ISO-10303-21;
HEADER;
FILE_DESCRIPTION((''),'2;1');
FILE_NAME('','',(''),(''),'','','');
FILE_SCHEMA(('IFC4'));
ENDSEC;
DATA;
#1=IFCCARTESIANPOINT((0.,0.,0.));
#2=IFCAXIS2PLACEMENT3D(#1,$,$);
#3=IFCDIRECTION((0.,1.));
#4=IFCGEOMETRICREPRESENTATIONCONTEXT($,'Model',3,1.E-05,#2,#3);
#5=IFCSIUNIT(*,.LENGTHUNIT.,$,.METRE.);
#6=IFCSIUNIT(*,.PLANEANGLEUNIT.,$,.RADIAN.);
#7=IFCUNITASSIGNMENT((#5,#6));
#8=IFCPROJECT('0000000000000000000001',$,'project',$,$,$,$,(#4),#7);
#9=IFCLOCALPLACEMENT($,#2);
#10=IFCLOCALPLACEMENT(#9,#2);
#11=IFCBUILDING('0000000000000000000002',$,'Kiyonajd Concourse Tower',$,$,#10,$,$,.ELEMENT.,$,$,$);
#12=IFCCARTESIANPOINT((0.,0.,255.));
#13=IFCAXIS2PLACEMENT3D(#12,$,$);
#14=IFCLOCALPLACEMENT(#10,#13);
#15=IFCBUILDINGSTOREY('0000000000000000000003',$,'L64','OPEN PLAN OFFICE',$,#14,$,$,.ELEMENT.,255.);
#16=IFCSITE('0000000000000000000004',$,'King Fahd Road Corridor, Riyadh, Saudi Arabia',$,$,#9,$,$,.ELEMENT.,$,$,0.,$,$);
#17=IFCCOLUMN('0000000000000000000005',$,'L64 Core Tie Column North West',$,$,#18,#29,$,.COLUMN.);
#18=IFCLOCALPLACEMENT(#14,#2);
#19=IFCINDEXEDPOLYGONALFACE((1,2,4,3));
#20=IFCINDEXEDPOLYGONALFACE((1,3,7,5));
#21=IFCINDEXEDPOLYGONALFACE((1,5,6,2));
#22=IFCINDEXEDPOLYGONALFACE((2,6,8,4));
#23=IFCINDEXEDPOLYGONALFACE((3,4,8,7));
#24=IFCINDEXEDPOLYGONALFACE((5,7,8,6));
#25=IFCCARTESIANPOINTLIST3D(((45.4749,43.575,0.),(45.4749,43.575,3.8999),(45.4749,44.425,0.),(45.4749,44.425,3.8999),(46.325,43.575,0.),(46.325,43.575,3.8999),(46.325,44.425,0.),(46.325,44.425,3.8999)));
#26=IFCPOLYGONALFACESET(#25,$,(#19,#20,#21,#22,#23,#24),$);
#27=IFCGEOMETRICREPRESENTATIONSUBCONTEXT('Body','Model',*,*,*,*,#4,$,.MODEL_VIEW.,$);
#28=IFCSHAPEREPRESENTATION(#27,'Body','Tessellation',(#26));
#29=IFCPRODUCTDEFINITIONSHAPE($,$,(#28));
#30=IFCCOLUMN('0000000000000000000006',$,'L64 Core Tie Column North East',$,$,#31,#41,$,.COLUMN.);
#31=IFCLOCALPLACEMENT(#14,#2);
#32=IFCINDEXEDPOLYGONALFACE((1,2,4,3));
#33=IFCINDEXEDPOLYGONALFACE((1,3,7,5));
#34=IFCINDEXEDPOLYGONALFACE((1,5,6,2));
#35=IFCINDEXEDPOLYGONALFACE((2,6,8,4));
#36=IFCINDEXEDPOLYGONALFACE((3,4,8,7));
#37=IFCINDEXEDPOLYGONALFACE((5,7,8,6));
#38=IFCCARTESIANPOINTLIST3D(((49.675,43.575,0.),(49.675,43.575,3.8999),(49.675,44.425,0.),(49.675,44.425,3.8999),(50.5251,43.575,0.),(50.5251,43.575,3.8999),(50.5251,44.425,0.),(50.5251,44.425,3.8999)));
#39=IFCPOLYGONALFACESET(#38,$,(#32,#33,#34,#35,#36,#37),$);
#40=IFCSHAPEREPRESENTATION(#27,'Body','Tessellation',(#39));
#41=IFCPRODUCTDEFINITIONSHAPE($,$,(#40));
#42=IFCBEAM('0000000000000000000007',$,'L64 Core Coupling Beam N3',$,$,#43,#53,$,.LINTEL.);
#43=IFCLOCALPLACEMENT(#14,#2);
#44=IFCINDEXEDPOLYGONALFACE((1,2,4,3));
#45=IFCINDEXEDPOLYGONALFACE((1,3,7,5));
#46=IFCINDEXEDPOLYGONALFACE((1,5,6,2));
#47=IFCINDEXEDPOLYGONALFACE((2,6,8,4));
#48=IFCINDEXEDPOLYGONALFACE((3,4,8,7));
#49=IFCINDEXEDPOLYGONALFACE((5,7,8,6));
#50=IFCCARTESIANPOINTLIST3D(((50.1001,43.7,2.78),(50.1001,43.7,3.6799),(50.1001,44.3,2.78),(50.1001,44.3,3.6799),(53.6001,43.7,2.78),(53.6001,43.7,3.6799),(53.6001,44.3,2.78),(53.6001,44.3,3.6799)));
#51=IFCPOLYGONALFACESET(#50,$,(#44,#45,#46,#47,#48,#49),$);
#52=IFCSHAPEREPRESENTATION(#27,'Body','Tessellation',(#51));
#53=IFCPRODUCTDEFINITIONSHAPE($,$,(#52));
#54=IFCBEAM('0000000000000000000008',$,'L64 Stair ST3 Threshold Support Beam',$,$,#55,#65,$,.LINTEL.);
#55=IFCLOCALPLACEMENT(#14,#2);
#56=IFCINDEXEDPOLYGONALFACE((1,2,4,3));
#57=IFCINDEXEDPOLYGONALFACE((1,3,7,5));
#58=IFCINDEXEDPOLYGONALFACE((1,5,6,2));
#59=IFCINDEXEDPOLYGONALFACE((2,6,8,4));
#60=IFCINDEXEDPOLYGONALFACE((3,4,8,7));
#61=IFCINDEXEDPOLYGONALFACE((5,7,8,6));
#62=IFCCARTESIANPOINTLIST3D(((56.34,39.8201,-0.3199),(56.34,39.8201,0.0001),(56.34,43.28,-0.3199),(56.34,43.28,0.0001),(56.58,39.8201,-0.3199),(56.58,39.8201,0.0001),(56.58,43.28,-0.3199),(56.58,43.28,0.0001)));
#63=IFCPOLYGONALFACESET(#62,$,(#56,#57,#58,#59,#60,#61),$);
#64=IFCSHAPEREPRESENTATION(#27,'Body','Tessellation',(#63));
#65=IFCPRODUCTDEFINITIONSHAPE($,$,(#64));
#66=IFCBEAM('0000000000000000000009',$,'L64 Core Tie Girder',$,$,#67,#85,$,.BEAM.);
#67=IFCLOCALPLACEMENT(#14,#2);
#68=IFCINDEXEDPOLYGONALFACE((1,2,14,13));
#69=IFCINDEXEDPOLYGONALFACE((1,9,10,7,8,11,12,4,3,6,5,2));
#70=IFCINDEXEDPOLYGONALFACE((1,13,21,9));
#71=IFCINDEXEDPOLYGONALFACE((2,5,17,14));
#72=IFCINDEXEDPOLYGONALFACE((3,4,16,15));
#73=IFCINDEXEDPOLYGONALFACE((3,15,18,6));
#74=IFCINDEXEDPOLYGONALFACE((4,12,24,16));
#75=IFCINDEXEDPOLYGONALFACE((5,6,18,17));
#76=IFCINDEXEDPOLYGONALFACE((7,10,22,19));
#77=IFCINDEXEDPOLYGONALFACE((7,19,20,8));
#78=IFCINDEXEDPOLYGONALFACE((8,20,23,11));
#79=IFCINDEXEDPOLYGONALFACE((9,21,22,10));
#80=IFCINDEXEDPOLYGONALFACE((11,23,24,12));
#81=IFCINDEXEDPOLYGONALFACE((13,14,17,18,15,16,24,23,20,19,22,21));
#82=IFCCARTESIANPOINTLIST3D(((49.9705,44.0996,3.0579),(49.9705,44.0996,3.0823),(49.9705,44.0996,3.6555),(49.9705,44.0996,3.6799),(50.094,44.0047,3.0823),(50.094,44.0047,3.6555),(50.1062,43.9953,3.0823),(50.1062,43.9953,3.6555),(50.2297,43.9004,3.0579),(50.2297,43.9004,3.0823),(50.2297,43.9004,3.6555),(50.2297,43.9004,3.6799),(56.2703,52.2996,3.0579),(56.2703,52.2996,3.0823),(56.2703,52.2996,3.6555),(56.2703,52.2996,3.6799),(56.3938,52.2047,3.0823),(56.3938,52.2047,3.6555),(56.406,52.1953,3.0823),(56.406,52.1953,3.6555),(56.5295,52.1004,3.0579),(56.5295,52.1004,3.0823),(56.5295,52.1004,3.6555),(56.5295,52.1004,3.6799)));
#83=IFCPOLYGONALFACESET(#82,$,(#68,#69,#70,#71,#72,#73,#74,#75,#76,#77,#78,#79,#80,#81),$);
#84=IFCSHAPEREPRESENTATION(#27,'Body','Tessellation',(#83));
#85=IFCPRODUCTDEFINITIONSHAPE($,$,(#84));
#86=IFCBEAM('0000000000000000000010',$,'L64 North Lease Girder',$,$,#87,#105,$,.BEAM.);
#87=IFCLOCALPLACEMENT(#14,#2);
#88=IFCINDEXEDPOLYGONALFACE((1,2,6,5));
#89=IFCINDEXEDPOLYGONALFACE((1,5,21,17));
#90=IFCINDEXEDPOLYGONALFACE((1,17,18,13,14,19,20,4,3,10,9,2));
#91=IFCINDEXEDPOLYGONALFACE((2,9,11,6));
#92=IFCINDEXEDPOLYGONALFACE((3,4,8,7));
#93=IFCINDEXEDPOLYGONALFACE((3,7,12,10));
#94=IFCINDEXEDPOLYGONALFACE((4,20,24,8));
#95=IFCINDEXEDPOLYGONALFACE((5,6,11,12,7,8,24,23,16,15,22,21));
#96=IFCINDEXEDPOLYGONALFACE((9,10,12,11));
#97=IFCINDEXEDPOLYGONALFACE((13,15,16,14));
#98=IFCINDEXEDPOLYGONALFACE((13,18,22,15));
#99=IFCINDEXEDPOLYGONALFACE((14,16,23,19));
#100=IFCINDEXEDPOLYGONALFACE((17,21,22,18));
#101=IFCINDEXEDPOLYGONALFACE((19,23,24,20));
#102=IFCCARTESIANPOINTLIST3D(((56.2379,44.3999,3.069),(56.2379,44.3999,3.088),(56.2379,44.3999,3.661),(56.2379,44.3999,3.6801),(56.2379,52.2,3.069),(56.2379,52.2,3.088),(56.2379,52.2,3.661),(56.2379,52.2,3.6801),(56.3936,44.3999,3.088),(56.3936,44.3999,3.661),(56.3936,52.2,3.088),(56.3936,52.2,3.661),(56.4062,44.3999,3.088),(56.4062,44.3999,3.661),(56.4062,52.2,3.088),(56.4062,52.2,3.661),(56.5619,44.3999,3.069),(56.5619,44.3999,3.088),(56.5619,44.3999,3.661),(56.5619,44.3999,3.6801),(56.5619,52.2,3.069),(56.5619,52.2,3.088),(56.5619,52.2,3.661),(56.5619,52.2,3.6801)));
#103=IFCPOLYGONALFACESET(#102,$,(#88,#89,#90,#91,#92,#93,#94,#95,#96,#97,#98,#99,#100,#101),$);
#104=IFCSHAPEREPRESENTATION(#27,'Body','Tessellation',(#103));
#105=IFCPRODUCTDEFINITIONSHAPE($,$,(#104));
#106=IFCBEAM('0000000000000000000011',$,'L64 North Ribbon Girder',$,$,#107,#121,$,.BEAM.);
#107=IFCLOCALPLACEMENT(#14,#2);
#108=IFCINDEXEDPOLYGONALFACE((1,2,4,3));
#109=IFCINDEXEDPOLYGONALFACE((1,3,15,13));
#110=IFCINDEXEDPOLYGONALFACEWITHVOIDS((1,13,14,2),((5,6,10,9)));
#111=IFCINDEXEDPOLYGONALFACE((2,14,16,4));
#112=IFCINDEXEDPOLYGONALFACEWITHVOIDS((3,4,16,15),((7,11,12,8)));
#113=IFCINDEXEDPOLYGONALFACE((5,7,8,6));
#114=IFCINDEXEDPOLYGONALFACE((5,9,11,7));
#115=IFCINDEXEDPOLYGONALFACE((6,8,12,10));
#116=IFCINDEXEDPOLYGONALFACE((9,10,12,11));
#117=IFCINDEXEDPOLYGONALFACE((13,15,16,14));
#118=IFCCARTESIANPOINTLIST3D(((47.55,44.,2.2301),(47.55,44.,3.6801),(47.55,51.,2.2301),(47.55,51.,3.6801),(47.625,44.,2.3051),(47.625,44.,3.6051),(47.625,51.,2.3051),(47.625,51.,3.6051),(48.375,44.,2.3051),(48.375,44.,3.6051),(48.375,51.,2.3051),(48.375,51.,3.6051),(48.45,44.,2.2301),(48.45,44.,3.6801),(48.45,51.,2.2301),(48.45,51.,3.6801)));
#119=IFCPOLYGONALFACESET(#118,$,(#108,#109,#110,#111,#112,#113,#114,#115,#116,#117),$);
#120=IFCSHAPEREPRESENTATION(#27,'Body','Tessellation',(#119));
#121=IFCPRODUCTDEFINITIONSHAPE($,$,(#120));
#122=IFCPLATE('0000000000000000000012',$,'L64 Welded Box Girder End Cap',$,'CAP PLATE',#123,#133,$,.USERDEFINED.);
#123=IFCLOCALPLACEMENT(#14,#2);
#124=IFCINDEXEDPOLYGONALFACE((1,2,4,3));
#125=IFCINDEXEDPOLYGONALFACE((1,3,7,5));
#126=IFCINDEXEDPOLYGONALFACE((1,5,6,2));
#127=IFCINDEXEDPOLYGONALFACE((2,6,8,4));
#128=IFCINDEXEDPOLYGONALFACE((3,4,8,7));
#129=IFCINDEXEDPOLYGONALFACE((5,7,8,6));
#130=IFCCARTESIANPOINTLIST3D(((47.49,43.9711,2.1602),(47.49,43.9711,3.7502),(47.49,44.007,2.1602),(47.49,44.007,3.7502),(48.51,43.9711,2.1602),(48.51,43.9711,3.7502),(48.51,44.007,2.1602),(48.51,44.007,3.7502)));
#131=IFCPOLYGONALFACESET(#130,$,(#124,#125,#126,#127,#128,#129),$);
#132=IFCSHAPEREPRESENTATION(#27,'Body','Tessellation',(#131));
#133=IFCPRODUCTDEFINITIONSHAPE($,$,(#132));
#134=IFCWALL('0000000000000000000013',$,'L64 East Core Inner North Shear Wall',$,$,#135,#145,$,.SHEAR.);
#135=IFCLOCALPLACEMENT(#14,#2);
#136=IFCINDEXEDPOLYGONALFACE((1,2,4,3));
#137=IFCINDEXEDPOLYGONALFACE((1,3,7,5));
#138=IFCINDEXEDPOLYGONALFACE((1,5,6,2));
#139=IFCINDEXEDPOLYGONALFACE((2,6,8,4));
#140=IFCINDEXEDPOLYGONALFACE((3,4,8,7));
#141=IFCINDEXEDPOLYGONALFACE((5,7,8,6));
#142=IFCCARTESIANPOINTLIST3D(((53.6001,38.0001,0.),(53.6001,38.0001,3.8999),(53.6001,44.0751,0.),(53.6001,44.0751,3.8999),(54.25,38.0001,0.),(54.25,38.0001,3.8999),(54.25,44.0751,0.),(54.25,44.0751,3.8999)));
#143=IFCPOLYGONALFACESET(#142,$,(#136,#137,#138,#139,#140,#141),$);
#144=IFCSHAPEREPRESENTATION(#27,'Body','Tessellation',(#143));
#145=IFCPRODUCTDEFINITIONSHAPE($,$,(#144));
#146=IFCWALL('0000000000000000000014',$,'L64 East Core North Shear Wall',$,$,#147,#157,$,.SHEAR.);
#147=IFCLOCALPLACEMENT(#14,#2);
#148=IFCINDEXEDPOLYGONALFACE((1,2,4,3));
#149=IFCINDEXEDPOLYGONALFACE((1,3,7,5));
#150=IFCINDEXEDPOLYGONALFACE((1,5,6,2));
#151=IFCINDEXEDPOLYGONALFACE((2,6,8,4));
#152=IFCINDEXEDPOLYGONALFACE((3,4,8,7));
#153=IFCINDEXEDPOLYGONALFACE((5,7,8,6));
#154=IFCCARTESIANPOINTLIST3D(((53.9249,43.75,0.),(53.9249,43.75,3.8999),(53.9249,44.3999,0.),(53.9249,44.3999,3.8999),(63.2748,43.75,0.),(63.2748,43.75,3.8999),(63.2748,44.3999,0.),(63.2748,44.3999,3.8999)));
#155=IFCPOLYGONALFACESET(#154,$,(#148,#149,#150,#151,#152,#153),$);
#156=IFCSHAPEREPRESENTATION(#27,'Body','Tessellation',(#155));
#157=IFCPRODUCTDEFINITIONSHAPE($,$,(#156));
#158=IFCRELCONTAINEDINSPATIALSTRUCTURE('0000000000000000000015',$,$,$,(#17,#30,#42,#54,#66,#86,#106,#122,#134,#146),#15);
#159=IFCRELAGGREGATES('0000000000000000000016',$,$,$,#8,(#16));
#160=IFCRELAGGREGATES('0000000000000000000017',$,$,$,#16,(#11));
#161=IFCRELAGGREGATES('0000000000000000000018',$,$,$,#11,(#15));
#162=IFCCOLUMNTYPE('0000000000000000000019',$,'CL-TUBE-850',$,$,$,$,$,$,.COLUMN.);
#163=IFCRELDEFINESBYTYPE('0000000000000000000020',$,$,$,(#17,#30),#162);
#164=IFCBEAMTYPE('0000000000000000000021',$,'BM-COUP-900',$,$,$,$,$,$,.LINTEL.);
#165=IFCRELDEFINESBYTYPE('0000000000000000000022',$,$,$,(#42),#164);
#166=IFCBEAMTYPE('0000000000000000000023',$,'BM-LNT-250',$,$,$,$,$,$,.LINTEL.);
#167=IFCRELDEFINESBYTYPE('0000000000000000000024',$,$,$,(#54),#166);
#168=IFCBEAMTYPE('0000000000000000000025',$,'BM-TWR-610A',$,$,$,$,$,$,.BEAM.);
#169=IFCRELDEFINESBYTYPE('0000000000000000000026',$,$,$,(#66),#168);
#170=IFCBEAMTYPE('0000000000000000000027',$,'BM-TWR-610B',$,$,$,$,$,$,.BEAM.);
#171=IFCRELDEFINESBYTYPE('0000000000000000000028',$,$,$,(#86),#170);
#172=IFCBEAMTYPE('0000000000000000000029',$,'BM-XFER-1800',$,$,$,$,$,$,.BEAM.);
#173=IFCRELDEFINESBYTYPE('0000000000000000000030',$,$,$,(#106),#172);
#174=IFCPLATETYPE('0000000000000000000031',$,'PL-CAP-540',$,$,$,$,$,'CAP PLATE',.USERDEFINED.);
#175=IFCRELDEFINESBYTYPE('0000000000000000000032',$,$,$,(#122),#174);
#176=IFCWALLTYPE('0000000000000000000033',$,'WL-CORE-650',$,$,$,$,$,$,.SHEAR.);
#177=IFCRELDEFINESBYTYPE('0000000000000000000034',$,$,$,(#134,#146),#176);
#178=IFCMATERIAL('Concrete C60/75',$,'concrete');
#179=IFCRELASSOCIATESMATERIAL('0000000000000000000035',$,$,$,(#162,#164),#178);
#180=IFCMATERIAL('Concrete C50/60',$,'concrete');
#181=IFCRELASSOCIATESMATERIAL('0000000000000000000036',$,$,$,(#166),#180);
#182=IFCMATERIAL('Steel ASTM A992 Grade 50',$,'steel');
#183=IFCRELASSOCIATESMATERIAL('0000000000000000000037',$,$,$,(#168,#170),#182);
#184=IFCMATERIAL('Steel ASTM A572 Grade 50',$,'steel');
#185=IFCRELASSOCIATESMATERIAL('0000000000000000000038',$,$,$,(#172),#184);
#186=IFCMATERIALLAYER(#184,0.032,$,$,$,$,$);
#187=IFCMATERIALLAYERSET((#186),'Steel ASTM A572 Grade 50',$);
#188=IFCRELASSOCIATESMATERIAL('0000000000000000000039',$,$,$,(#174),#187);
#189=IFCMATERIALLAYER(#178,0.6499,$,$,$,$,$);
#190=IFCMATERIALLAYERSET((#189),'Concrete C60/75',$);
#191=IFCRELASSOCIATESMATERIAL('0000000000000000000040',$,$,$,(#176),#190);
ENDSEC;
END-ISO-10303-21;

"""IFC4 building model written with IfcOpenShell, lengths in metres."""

from ifc_helpers import new_model, si_unit, direction, frame, frame_2d, origin, origin_2d, place, context, subcontext, project, spatial, rectangle, hollow_rectangle, i_section, extrude, material, layer, layer_set, material_profile, profile_set, type_object, element, save


model = new_model("IFC4")

# Units and contexts
model_context = context("Model", 3, precision=1e-05, world=origin(), true_north=direction((0.0, 1.0)))
body_context = subcontext(model_context, "Body", "Model", "MODEL_VIEW")
ifc_project = project(units=[si_unit("LENGTHUNIT", "METRE"), si_unit("PLANEANGLEUNIT", "RADIAN")], contexts=[model_context])

# Site, building, storey
site_placement = place(None, origin())
site = spatial("IfcSite", under=ifc_project, at=site_placement, Name="King Fahd Road Corridor, Riyadh, Saudi Arabia", CompositionType="ELEMENT", RefElevation=0.0)
building_placement = place(site_placement, origin())
building = spatial("IfcBuilding", under=site, at=building_placement, Name="Kiyonajd Concourse Tower", CompositionType="ELEMENT")
storey_placement = place(building_placement, frame((0.0, 0.0, 255.0)))
storey = spatial("IfcBuildingStorey", under=building, at=storey_placement, Name="L64", Description="OPEN PLAN OFFICE", CompositionType="ELEMENT", Elevation=255.0)

# Columns
ifc_material_1 = material(Name="Concrete C60/75", Category="concrete")
ifc_material_profile_1 = material_profile(ifc_material_1, rectangle(XDim=0.8501, YDim=0.8501, at=origin_2d()), Name="RC-850x850")
ifc_profile_set_1 = profile_set([ifc_material_profile_1], Name="Concrete C60/75")
column_type = type_object("IfcColumnType", Name="CL-TUBE-850", PredefinedType="COLUMN", material=ifc_profile_set_1)
for number, where, z_axis, x_axis, name in (
    (1, (45.8999, 44.0, 0.0), (0.0, 0.0, 1.0), (1.0, 0.0, 0.0), "L64 Core Tie Column North West"),
    (2, (50.1001, 44.0, 0.0), (0.0, 0.0, 1.0), (1.0, 0.0, 0.0), "L64 Core Tie Column North East"),
):
    element("IfcColumn", number, at=place(storey_placement, frame(where, z_axis=z_axis, x_axis=x_axis)), inside=storey, type_object=column_type, Name=name, PredefinedType="COLUMN", context=body_context, shape_type="SweptSolid", body=[
        extrude(rectangle(XDim=0.8501, YDim=0.8501, at=origin_2d()), origin(), (0.0, 0.0, 1.0), 3.8999),
    ])

# Beams
ifc_material_profile_2 = material_profile(ifc_material_1, rectangle(XDim=0.6001, YDim=0.8999, at=origin_2d()), Name="RCBM-600x900")
ifc_profile_set_2 = profile_set([ifc_material_profile_2], Name="Concrete C60/75")
beam_type_1 = type_object("IfcBeamType", Name="BM-COUP-900", PredefinedType="LINTEL", material=ifc_profile_set_2)
beam_1_placement = place(storey_placement, frame((50.1001, 44.0, 3.23), z_axis=(1.0, 0.0, 0.0), x_axis=(0.0, 1.0, 0.0)))
element("IfcBeam", 3, at=beam_1_placement, inside=storey, type_object=beam_type_1, Name="L64 Core Coupling Beam N3", PredefinedType="LINTEL", context=body_context, shape_type="SweptSolid", body=[
    extrude(rectangle(XDim=0.6001, YDim=0.8999, at=origin_2d()), origin(), (0.0, 0.0, 1.0), 3.5),
])
ifc_material_2 = material(Name="Concrete C50/60", Category="concrete")
ifc_material_profile_3 = material_profile(ifc_material_2, rectangle(XDim=0.24, YDim=0.3201, at=origin_2d()), Name="RCBM-240x320")
ifc_profile_set_3 = profile_set([ifc_material_profile_3], Name="Concrete C50/60")
beam_type_2 = type_object("IfcBeamType", Name="BM-LNT-250", PredefinedType="LINTEL", material=ifc_profile_set_3)
beam_2_placement = place(storey_placement, frame((56.46, 39.8201, -0.1599), z_axis=(0.0, 1.0, 0.0), x_axis=(-1.0, 0.0, 0.0)))
element("IfcBeam", 4, at=beam_2_placement, inside=storey, type_object=beam_type_2, Name="L64 Stair ST3 Threshold Support Beam", PredefinedType="LINTEL", context=body_context, shape_type="SweptSolid", body=[
    extrude(rectangle(XDim=0.24, YDim=0.3201, at=origin_2d()), origin(), (0.0, 0.0, 1.0), 3.46),
])
ifc_material_3 = material(Name="Steel ASTM A992 Grade 50", Category="steel")
ifc_material_profile_4 = material_profile(ifc_material_3, i_section(OverallWidth=0.3269, OverallDepth=0.6221, WebThickness=0.0154, FlangeThickness=0.0244, at=origin_2d()), Name="W610X195")
ifc_profile_set_4 = profile_set([ifc_material_profile_4], Name="Steel ASTM A992 Grade 50")
beam_type_3 = type_object("IfcBeamType", Name="BM-TWR-610A", PredefinedType="BEAM", material=ifc_profile_set_4)
beam_3_placement = place(storey_placement, frame((50.1001, 44.0, 3.3689), z_axis=(0.609234, 0.792991, 0.0), x_axis=(-0.792991, 0.609234, 0.0)))
element("IfcBeam", 5, at=beam_3_placement, inside=storey, type_object=beam_type_3, Name="L64 Core Tie Girder", PredefinedType="BEAM", context=body_context, shape_type="SweptSolid", body=[
    extrude(i_section(OverallWidth=0.3269, OverallDepth=0.6221, WebThickness=0.0154, FlangeThickness=0.0244, at=origin_2d()), origin(), (0.0, 0.0, 1.0), 10.3406),
])
ifc_material_profile_5 = material_profile(ifc_material_3, i_section(OverallWidth=0.324, OverallDepth=0.6111, WebThickness=0.0127, FlangeThickness=0.019, at=origin_2d()), Name="W610X155")
ifc_profile_set_5 = profile_set([ifc_material_profile_5], Name="Steel ASTM A992 Grade 50")
beam_type_4 = type_object("IfcBeamType", Name="BM-TWR-610B", PredefinedType="BEAM", material=ifc_profile_set_5)
beam_4_placement = place(storey_placement, frame((56.3999, 44.3999, 3.3745), z_axis=(0.0, 1.0, 0.0), x_axis=(-1.0, 0.0, 0.0)))
element("IfcBeam", 6, at=beam_4_placement, inside=storey, type_object=beam_type_4, Name="L64 North Lease Girder", PredefinedType="BEAM", context=body_context, shape_type="SweptSolid", body=[
    extrude(i_section(OverallWidth=0.324, OverallDepth=0.6111, WebThickness=0.0127, FlangeThickness=0.019, at=origin_2d()), origin(), (0.0, 0.0, 1.0), 7.8),
])
ifc_material_4 = material(Name="Steel ASTM A572 Grade 50", Category="steel")
ifc_material_profile_6 = material_profile(ifc_material_4, hollow_rectangle(XDim=0.8999, YDim=1.45, WallThickness=0.075, at=origin_2d()), Name="BOX-1450x900x75")
ifc_profile_set_6 = profile_set([ifc_material_profile_6], Name="Steel ASTM A572 Grade 50")
beam_type_5 = type_object("IfcBeamType", Name="BM-XFER-1800", PredefinedType="BEAM", material=ifc_profile_set_6)
beam_5_placement = place(storey_placement, frame((48.0, 44.0, 2.9551), z_axis=(0.0, 1.0, 0.0), x_axis=(-1.0, 0.0, 0.0)))
element("IfcBeam", 7, at=beam_5_placement, inside=storey, type_object=beam_type_5, Name="L64 North Ribbon Girder", PredefinedType="BEAM", context=body_context, shape_type="SweptSolid", body=[
    extrude(hollow_rectangle(XDim=0.8999, YDim=1.45, WallThickness=0.075, at=origin_2d()), origin(), (0.0, 0.0, 1.0), 7.0),
])

# Plate
ifc_layer_1 = layer(ifc_material_4, 0.032)
ifc_layer_set_1 = layer_set([ifc_layer_1], Name="Steel ASTM A572 Grade 50")
plate_type = type_object("IfcPlateType", Name="PL-CAP-540", ElementType="CAP PLATE", PredefinedType="USERDEFINED", material=ifc_layer_set_1)
plate_placement = place(storey_placement, frame((48.0, 43.989, 2.1602), z_axis=(0.0, 0.0, 1.0), x_axis=(0.0, -1.0, 0.0)))
element("IfcPlate", 8, at=plate_placement, inside=storey, type_object=plate_type, Name="L64 Welded Box Girder End Cap", ObjectType="CAP PLATE", PredefinedType="USERDEFINED", context=body_context, shape_type="SweptSolid", body=[
    extrude(rectangle(XDim=0.0359, YDim=1.02, at=origin_2d()), origin(), (0.0, 0.0, 1.0), 1.5901),
])

# Walls
ifc_layer_2 = layer(ifc_material_1, 0.6499)
ifc_layer_set_2 = layer_set([ifc_layer_2], Name="Concrete C60/75")
wall_type_1 = type_object("IfcWallType", Name="WL-CORE-650", PredefinedType="SHEAR", material=ifc_layer_set_2)
wall_1_placement = place(storey_placement, frame((53.925, 38.0, 0.0), z_axis=(0.0, 0.0, 1.0), x_axis=(0.0, 1.0, 0.0)))
element("IfcWall", 9, at=wall_1_placement, inside=storey, type_object=wall_type_1, Name="L64 East Core Inner North Shear Wall", PredefinedType="SHEAR", context=body_context, shape_type="SweptSolid", body=[
    extrude(rectangle(XDim=6.075, YDim=0.6499, at=frame_2d((3.0376, 0.0))), origin(), (0.0, 0.0, 1.0), 3.8999),
])
wall_2_placement = place(storey_placement, frame((53.925, 44.075, 0.0), z_axis=(0.0, 0.0, 1.0), x_axis=(1.0, 0.0, 0.0)))
element("IfcWall", 10, at=wall_2_placement, inside=storey, type_object=wall_type_1, Name="L64 East Core North Shear Wall", PredefinedType="SHEAR", context=body_context, shape_type="SweptSolid", body=[
    extrude(rectangle(XDim=9.3499, YDim=0.6499, at=frame_2d((4.6748, 0.0))), origin(), (0.0, 0.0, 1.0), 3.8999),
])

save(model, "model.ifc")
